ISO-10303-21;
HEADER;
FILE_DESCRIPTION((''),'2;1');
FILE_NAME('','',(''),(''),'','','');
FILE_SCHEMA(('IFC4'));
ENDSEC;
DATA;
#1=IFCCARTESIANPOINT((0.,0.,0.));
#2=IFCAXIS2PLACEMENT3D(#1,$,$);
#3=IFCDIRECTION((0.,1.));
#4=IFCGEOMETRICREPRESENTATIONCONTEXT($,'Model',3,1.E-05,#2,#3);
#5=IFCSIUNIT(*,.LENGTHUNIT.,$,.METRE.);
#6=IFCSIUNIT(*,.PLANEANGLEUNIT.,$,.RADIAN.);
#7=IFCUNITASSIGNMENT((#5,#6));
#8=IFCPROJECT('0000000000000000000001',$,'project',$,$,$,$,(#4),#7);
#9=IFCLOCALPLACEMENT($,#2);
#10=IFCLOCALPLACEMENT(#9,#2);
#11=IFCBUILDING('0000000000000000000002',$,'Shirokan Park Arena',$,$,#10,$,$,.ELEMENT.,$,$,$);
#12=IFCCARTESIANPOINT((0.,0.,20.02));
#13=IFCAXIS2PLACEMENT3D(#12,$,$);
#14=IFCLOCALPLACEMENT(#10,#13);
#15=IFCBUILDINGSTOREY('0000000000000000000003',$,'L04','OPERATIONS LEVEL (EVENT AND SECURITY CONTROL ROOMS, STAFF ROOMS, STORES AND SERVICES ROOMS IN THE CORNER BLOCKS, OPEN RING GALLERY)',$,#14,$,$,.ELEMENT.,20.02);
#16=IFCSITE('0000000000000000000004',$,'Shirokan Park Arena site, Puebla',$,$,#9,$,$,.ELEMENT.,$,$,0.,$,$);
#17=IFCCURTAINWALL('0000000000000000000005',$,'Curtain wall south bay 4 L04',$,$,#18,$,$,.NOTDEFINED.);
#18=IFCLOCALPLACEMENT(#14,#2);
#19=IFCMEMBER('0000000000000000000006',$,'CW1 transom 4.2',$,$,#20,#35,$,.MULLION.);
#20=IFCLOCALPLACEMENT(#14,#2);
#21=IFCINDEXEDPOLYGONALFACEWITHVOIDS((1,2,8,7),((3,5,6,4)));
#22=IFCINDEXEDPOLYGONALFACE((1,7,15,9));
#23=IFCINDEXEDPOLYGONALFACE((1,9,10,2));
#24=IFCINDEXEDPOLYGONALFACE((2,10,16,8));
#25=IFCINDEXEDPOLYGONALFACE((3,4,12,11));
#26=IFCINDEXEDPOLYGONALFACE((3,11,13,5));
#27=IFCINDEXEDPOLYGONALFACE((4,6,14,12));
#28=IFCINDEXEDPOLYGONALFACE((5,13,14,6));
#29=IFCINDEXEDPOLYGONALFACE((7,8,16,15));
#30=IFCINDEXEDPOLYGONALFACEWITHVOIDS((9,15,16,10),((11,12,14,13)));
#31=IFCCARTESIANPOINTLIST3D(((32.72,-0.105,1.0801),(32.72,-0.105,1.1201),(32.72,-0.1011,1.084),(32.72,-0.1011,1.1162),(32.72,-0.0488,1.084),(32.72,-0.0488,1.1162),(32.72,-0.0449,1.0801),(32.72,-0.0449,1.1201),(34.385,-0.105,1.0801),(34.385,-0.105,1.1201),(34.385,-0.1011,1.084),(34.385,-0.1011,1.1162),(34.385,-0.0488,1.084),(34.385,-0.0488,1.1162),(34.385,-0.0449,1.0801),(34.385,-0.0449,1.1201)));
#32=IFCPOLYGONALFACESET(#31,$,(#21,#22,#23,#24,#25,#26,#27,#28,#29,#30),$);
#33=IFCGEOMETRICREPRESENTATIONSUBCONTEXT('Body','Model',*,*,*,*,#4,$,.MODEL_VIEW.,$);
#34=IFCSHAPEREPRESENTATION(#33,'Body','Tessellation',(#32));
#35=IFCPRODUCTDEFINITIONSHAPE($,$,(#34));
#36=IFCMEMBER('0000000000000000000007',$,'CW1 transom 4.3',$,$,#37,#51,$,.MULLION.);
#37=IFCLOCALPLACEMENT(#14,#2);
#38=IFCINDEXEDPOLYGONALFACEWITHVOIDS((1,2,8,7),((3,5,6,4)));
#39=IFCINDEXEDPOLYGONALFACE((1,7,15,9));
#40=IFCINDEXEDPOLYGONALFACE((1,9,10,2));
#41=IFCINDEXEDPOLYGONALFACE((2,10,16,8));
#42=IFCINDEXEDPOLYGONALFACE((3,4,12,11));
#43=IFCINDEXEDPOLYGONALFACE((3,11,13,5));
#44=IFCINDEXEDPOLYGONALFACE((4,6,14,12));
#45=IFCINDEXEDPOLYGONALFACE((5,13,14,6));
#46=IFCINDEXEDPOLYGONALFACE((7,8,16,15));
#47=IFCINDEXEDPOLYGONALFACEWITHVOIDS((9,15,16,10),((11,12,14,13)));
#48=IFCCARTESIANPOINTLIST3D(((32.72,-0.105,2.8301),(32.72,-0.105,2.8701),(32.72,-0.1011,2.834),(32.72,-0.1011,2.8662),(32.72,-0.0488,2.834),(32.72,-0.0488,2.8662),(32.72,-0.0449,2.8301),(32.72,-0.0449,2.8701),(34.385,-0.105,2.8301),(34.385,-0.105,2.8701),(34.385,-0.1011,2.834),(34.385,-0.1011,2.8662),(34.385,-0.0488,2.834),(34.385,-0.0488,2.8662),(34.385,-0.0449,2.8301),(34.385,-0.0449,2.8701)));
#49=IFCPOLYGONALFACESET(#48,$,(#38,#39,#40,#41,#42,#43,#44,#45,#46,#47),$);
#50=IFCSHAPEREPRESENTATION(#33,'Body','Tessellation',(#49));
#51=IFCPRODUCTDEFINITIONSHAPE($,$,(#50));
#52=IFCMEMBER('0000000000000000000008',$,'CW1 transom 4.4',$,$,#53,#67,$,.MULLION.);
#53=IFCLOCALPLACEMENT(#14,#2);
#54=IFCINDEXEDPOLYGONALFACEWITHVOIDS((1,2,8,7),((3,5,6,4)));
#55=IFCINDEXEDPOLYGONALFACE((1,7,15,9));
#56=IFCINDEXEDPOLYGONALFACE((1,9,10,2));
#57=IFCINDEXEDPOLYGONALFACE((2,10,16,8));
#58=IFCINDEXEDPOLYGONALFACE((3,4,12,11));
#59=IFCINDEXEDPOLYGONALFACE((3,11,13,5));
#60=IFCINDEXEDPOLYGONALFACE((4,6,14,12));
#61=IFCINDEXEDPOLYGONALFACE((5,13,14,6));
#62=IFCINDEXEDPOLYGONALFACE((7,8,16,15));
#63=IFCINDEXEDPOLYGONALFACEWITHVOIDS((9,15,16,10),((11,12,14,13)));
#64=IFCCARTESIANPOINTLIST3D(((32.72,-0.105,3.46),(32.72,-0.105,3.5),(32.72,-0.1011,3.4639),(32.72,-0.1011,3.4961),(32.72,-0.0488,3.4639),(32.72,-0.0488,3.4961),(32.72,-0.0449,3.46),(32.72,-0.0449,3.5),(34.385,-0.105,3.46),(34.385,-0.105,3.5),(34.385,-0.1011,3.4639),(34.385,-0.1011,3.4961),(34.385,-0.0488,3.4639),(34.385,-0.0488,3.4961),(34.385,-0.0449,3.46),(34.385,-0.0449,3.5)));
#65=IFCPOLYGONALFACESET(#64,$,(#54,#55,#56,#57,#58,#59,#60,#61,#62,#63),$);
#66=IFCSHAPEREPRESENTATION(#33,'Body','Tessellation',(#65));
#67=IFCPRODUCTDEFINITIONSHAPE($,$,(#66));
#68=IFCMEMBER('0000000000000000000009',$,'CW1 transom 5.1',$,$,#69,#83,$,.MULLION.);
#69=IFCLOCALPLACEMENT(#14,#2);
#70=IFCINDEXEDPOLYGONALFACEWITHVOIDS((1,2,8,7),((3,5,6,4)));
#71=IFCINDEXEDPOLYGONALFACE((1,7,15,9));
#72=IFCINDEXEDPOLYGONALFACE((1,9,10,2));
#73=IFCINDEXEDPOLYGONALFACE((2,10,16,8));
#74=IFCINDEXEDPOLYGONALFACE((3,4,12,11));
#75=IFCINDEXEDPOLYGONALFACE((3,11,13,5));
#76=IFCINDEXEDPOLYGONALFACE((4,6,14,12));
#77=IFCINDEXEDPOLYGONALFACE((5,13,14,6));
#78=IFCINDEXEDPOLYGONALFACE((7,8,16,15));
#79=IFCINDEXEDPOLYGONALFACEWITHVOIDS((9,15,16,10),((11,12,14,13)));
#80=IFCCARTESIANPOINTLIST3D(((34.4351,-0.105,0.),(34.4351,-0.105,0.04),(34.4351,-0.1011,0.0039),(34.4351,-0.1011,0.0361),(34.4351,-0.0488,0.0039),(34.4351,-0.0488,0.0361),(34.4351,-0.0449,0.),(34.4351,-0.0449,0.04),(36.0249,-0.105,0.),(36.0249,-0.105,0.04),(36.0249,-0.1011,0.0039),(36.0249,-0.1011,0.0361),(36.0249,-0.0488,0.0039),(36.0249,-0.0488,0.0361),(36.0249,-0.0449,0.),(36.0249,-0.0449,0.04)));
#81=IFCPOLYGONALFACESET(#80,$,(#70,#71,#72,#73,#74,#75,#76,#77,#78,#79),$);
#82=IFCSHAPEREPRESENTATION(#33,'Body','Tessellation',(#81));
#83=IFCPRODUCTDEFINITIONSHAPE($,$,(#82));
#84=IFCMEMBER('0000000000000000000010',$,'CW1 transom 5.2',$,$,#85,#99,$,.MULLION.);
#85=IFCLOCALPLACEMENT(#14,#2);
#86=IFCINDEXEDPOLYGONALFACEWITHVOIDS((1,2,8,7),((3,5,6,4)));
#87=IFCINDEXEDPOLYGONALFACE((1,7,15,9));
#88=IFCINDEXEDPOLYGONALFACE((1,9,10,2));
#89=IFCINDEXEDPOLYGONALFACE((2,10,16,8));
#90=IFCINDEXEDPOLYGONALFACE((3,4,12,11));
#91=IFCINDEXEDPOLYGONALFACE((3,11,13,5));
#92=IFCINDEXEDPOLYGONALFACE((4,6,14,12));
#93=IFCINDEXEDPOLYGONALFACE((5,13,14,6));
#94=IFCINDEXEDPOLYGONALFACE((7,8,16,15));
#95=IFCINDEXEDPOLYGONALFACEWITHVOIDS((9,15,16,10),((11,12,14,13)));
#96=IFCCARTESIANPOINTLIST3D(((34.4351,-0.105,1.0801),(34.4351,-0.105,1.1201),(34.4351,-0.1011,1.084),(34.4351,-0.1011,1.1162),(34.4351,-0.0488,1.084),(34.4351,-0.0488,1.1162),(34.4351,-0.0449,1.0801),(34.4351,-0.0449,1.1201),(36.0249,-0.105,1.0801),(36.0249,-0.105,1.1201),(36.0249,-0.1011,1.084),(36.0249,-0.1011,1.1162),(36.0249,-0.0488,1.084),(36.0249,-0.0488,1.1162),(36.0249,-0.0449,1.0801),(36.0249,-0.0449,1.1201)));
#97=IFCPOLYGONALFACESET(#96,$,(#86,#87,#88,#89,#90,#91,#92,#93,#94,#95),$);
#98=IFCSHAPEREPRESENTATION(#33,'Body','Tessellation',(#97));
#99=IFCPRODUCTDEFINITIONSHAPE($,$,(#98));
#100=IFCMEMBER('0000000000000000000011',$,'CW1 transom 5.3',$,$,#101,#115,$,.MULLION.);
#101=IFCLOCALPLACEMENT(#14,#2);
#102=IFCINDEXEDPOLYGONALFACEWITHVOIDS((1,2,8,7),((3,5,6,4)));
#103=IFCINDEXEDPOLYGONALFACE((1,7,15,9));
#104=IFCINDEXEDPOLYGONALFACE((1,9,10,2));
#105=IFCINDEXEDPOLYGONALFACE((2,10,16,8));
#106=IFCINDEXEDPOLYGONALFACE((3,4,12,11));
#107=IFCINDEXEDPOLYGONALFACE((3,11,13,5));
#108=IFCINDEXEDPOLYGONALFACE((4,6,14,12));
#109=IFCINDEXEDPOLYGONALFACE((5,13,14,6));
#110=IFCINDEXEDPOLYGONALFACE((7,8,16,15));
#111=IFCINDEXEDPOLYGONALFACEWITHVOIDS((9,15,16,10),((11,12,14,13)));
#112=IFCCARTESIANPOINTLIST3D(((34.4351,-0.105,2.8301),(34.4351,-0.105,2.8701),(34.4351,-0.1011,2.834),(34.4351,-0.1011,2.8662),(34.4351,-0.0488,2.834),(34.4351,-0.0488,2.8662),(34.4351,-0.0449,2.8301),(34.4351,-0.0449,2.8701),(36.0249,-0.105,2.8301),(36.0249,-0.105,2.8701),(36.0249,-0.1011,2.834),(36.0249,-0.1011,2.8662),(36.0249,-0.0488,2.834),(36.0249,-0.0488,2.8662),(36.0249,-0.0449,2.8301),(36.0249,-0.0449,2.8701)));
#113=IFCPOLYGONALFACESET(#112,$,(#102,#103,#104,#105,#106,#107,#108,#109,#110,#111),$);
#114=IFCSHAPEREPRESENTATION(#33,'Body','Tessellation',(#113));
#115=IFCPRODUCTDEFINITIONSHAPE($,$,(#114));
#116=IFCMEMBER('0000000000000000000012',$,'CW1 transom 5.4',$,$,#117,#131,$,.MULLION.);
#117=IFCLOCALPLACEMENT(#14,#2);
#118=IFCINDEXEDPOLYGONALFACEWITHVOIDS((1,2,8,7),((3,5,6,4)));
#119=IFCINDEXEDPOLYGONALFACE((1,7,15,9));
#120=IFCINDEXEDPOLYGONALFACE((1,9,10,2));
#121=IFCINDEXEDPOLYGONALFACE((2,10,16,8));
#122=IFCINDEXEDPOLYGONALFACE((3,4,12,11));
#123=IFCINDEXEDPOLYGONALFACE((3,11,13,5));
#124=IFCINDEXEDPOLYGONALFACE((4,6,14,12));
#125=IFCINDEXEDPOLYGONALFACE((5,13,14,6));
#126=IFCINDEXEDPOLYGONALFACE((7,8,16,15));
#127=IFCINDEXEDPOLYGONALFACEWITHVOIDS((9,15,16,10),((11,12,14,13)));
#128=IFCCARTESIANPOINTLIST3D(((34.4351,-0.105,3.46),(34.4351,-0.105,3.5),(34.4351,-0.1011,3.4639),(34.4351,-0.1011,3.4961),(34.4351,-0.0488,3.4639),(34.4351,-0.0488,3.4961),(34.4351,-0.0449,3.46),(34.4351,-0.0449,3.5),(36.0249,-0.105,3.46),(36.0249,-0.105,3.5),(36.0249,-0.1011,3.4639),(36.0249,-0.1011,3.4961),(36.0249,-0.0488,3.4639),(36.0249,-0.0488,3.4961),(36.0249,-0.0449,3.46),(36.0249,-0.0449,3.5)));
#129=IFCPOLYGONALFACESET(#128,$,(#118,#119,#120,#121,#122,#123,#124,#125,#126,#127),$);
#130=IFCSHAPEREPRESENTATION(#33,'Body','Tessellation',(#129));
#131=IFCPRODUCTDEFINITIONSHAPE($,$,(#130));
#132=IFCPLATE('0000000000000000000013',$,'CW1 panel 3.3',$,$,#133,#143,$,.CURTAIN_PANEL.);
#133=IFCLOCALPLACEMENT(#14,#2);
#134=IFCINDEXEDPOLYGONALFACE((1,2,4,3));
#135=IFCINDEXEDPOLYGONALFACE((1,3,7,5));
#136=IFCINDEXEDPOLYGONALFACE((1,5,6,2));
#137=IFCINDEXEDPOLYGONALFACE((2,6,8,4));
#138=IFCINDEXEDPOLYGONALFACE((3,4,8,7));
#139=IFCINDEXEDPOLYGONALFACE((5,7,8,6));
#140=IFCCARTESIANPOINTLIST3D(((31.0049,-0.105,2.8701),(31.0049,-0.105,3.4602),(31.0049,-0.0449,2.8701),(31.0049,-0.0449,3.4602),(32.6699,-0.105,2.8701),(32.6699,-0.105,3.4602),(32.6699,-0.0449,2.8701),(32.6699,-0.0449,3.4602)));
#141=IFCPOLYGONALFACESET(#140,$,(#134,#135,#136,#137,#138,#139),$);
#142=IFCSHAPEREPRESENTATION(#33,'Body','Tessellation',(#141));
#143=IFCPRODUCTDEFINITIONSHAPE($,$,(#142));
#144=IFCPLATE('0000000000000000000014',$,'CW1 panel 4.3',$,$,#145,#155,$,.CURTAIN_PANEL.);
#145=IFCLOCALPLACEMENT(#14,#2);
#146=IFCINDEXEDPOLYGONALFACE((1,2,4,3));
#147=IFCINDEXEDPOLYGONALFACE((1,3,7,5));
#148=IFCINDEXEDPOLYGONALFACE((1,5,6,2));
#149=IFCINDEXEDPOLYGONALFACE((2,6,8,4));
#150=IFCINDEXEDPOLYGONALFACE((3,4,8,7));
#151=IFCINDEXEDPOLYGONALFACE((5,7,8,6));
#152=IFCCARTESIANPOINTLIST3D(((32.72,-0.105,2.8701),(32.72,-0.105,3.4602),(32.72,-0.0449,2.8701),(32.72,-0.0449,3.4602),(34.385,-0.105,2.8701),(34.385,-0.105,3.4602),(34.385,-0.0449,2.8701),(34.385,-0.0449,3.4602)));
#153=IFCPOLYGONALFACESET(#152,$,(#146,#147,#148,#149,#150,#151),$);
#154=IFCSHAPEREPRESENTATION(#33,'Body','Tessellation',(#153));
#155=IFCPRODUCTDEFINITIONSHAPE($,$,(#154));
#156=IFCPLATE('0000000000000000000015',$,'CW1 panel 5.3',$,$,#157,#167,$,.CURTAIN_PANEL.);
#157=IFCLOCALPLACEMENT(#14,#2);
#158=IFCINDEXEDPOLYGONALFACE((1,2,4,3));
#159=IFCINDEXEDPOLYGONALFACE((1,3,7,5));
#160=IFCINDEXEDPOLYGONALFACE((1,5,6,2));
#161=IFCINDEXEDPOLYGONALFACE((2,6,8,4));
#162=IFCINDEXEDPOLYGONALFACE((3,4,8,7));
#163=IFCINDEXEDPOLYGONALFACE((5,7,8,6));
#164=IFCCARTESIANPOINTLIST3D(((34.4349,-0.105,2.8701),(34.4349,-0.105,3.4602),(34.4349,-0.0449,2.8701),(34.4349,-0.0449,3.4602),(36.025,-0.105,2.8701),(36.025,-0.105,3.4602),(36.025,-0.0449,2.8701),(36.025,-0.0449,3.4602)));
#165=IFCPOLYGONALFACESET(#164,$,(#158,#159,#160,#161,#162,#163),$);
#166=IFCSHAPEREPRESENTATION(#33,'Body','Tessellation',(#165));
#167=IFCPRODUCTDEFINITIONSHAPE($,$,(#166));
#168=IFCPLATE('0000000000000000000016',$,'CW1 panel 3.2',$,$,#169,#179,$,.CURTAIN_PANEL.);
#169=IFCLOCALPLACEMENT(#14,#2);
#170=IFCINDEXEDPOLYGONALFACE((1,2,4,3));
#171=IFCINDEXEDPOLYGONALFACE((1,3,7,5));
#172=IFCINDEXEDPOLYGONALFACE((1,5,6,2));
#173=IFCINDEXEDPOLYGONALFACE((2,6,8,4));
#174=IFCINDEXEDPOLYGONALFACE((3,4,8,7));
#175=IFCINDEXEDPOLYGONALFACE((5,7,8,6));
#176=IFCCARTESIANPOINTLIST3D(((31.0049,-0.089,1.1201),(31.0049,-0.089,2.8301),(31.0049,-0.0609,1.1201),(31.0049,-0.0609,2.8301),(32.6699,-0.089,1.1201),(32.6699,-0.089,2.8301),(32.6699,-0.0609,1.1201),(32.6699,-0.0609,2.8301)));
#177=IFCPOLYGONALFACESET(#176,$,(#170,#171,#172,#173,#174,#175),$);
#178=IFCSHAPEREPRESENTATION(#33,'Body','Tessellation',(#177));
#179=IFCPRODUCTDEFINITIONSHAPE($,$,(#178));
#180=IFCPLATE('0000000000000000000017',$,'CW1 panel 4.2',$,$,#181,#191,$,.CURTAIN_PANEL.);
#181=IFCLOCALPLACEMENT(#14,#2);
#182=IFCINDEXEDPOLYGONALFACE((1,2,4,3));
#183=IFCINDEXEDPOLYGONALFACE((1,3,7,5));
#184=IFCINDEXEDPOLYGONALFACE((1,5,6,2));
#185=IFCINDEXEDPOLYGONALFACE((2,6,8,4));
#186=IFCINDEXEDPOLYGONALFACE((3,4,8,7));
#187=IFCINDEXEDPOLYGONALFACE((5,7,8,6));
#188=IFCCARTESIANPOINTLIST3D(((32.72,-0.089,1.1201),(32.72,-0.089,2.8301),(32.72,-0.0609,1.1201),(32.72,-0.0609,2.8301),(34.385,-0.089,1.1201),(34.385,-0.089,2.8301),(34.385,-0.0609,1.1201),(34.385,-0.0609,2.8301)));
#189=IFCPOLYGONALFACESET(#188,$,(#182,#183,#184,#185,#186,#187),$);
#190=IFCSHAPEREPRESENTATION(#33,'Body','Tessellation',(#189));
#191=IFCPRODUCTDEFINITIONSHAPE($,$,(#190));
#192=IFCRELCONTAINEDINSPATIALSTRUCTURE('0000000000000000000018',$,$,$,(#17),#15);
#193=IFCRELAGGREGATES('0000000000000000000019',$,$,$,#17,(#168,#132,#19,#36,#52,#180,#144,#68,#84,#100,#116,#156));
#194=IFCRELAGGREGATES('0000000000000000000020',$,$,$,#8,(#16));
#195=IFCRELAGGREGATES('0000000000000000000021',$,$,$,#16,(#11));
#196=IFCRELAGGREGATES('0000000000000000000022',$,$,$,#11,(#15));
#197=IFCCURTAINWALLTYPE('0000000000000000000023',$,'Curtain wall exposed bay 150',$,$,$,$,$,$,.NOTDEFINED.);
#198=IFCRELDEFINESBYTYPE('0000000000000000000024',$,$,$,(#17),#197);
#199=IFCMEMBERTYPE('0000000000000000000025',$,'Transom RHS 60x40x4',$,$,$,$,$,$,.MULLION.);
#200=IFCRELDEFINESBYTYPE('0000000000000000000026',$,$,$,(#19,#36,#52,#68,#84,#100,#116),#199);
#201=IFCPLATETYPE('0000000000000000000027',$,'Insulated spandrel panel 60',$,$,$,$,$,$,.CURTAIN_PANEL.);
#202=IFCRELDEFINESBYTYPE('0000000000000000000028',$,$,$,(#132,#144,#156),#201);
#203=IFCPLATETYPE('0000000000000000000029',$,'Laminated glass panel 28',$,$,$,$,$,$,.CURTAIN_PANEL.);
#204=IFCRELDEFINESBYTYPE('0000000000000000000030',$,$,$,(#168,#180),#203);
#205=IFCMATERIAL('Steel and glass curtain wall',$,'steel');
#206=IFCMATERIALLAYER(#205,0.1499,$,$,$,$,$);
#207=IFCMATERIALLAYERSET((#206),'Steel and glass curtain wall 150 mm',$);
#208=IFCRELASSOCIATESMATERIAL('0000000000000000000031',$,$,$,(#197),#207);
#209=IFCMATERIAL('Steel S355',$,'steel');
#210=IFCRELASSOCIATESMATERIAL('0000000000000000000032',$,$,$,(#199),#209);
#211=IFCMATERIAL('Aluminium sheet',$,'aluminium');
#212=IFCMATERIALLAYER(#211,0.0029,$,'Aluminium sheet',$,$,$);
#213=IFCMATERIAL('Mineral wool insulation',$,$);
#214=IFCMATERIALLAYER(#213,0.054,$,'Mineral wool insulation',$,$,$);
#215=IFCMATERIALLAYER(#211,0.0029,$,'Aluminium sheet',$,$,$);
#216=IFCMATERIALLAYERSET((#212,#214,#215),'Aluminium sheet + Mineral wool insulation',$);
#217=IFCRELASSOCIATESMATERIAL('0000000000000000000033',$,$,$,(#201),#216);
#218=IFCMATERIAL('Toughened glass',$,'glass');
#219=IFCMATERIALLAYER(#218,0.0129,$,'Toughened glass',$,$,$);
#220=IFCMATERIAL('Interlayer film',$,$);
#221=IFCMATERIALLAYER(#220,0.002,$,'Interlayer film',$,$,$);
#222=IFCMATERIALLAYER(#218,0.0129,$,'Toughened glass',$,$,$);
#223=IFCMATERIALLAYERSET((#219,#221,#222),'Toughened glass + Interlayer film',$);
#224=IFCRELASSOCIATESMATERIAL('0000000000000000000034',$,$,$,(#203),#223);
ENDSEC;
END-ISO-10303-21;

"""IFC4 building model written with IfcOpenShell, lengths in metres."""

from ifc_helpers import new_model, si_unit, direction, frame, origin, origin_2d, place, context, subcontext, project, spatial, rectangle, hollow_rectangle, extrude, material, layer, layer_set, material_profile, profile_set, type_object, element, aggregate, save


model = new_model("IFC4")

# Units and contexts
model_context = context("Model", 3, precision=1e-05, world=origin(), true_north=direction((0.0, 1.0)))
body_context = subcontext(model_context, "Body", "Model", "MODEL_VIEW")
ifc_project = project(units=[si_unit("LENGTHUNIT", "METRE"), si_unit("PLANEANGLEUNIT", "RADIAN")], contexts=[model_context])

# Site, building, storey
site_placement = place(None, origin())
site = spatial("IfcSite", under=ifc_project, at=site_placement, Name="Shirokan Park Arena site, Puebla", CompositionType="ELEMENT", RefElevation=0.0)
building_placement = place(site_placement, origin())
building = spatial("IfcBuilding", under=site, at=building_placement, Name="Shirokan Park Arena", CompositionType="ELEMENT")
storey_placement = place(building_placement, frame((0.0, 0.0, 20.02)))
storey = spatial("IfcBuildingStorey", under=building, at=storey_placement, Name="L04", Description="OPERATIONS LEVEL (EVENT AND SECURITY CONTROL ROOMS, STAFF ROOMS, STORES AND SERVICES ROOMS IN THE CORNER BLOCKS, OPEN RING GALLERY)", CompositionType="ELEMENT", Elevation=20.02)

# Curtain wall, members, plates
ifc_material_1 = material(Name="Steel and glass curtain wall", Category="steel")
ifc_layer_1 = layer(ifc_material_1, 0.1499)
ifc_layer_set_1 = layer_set([ifc_layer_1], Name="Steel and glass curtain wall 150 mm")
curtain_wall_type = type_object("IfcCurtainWallType", Name="Curtain wall exposed bay 150", PredefinedType="NOTDEFINED", material=ifc_layer_set_1)
curtain_wall_placement = place(storey_placement, origin())
curtain_wall = element("IfcCurtainWall", 1, at=curtain_wall_placement, inside=storey, type_object=curtain_wall_type, Name="Curtain wall south bay 4 L04", PredefinedType="NOTDEFINED")
ifc_material_2 = material(Name="Steel S355", Category="steel")
ifc_material_profile_1 = material_profile(ifc_material_2, hollow_rectangle(XDim=0.0601, YDim=0.04, WallThickness=0.0039, at=origin_2d()), Name="RHS 60x40x4")
ifc_profile_set_1 = profile_set([ifc_material_profile_1], Name="Steel S355")
member_type_1 = type_object("IfcMemberType", Name="Transom RHS 60x40x4", PredefinedType="MULLION", material=ifc_profile_set_1)
member_1_placement = place(storey_placement, frame((32.72, -0.075, 1.1001), z_axis=(1.0, 0.0, 0.0), x_axis=(0.0, 1.0, 0.0)))
member_1 = element("IfcMember", 2, at=member_1_placement, type_object=member_type_1, Name="CW1 transom 4.2", PredefinedType="MULLION", context=body_context, shape_type="SweptSolid", body=[
    extrude(hollow_rectangle(XDim=0.0601, YDim=0.04, WallThickness=0.0039, at=origin_2d()), origin(), (0.0, 0.0, 1.0), 1.665),
])
member_2_placement = place(storey_placement, frame((32.72, -0.075, 2.8501), z_axis=(1.0, 0.0, 0.0), x_axis=(0.0, 1.0, 0.0)))
member_2 = element("IfcMember", 3, at=member_2_placement, type_object=member_type_1, Name="CW1 transom 4.3", PredefinedType="MULLION", context=body_context, shape_type="SweptSolid", body=[
    extrude(hollow_rectangle(XDim=0.0601, YDim=0.04, WallThickness=0.0039, at=origin_2d()), origin(), (0.0, 0.0, 1.0), 1.665),
])
member_3_placement = place(storey_placement, frame((32.72, -0.075, 3.48), z_axis=(1.0, 0.0, 0.0), x_axis=(0.0, 1.0, 0.0)))
member_3 = element("IfcMember", 4, at=member_3_placement, type_object=member_type_1, Name="CW1 transom 4.4", PredefinedType="MULLION", context=body_context, shape_type="SweptSolid", body=[
    extrude(hollow_rectangle(XDim=0.0601, YDim=0.04, WallThickness=0.0039, at=origin_2d()), origin(), (0.0, 0.0, 1.0), 1.665),
])
member_4_placement = place(storey_placement, frame((34.4351, -0.075, 0.02), z_axis=(1.0, 0.0, 0.0), x_axis=(0.0, 1.0, 0.0)))
member_4 = element("IfcMember", 5, at=member_4_placement, type_object=member_type_1, Name="CW1 transom 5.1", PredefinedType="MULLION", context=body_context, shape_type="SweptSolid", body=[
    extrude(hollow_rectangle(XDim=0.0601, YDim=0.04, WallThickness=0.0039, at=origin_2d()), origin(), (0.0, 0.0, 1.0), 1.5898),
])
member_5_placement = place(storey_placement, frame((34.4351, -0.075, 1.1001), z_axis=(1.0, 0.0, 0.0), x_axis=(0.0, 1.0, 0.0)))
member_5 = element("IfcMember", 6, at=member_5_placement, type_object=member_type_1, Name="CW1 transom 5.2", PredefinedType="MULLION", context=body_context, shape_type="SweptSolid", body=[
    extrude(hollow_rectangle(XDim=0.0601, YDim=0.04, WallThickness=0.0039, at=origin_2d()), origin(), (0.0, 0.0, 1.0), 1.5898),
])
member_6_placement = place(storey_placement, frame((34.4351, -0.075, 2.8501), z_axis=(1.0, 0.0, 0.0), x_axis=(0.0, 1.0, 0.0)))
member_6 = element("IfcMember", 7, at=member_6_placement, type_object=member_type_1, Name="CW1 transom 5.3", PredefinedType="MULLION", context=body_context, shape_type="SweptSolid", body=[
    extrude(hollow_rectangle(XDim=0.0601, YDim=0.04, WallThickness=0.0039, at=origin_2d()), origin(), (0.0, 0.0, 1.0), 1.5898),
])
member_7_placement = place(storey_placement, frame((34.4351, -0.075, 3.48), z_axis=(1.0, 0.0, 0.0), x_axis=(0.0, 1.0, 0.0)))
member_7 = element("IfcMember", 8, at=member_7_placement, type_object=member_type_1, Name="CW1 transom 5.4", PredefinedType="MULLION", context=body_context, shape_type="SweptSolid", body=[
    extrude(hollow_rectangle(XDim=0.0601, YDim=0.04, WallThickness=0.0039, at=origin_2d()), origin(), (0.0, 0.0, 1.0), 1.5898),
])
ifc_material_3 = material(Name="Aluminium sheet", Category="aluminium")
ifc_layer_2 = layer(ifc_material_3, 0.0029, Name="Aluminium sheet")
ifc_material_4 = material(Name="Mineral wool insulation")
ifc_layer_3 = layer(ifc_material_4, 0.054, Name="Mineral wool insulation")
ifc_layer_4 = layer(ifc_material_3, 0.0029, Name="Aluminium sheet")
ifc_layer_set_2 = layer_set([ifc_layer_2, ifc_layer_3, ifc_layer_4], Name="Aluminium sheet + Mineral wool insulation")
plate_type_1 = type_object("IfcPlateType", Name="Insulated spandrel panel 60", PredefinedType="CURTAIN_PANEL", material=ifc_layer_set_2)
plate_1_placement = place(storey_placement, frame((31.8374, -0.075, 2.8701), z_axis=(0.0, 0.0, 1.0), x_axis=(1.0, 0.0, 0.0)))
plate_1 = element("IfcPlate", 9, at=plate_1_placement, type_object=plate_type_1, Name="CW1 panel 3.3", PredefinedType="CURTAIN_PANEL", context=body_context, shape_type="SweptSolid", body=[
    extrude(rectangle(XDim=1.665, YDim=0.0601, at=origin_2d()), origin(), (0.0, 0.0, 1.0), 0.5901),
])
plate_2_placement = place(storey_placement, frame((33.5525, -0.075, 2.8701), z_axis=(0.0, 0.0, 1.0), x_axis=(1.0, 0.0, 0.0)))
plate_2 = element("IfcPlate", 10, at=plate_2_placement, type_object=plate_type_1, Name="CW1 panel 4.3", PredefinedType="CURTAIN_PANEL", context=body_context, shape_type="SweptSolid", body=[
    extrude(rectangle(XDim=1.665, YDim=0.0601, at=origin_2d()), origin(), (0.0, 0.0, 1.0), 0.5901),
])
plate_3_placement = place(storey_placement, frame((35.23, -0.075, 2.8701), z_axis=(0.0, 0.0, 1.0), x_axis=(1.0, 0.0, 0.0)))
plate_3 = element("IfcPlate", 11, at=plate_3_placement, type_object=plate_type_1, Name="CW1 panel 5.3", PredefinedType="CURTAIN_PANEL", context=body_context, shape_type="SweptSolid", body=[
    extrude(rectangle(XDim=1.5901, YDim=0.0601, at=origin_2d()), origin(), (0.0, 0.0, 1.0), 0.5901),
])
ifc_material_5 = material(Name="Toughened glass", Category="glass")
ifc_layer_5 = layer(ifc_material_5, 0.0129, Name="Toughened glass")
ifc_material_6 = material(Name="Interlayer film")
ifc_layer_6 = layer(ifc_material_6, 0.002, Name="Interlayer film")
ifc_layer_7 = layer(ifc_material_5, 0.0129, Name="Toughened glass")
ifc_layer_set_3 = layer_set([ifc_layer_5, ifc_layer_6, ifc_layer_7], Name="Toughened glass + Interlayer film")
plate_type_2 = type_object("IfcPlateType", Name="Laminated glass panel 28", PredefinedType="CURTAIN_PANEL", material=ifc_layer_set_3)
plate_4_placement = place(storey_placement, frame((31.8374, -0.075, 1.1201), z_axis=(0.0, 0.0, 1.0), x_axis=(1.0, 0.0, 0.0)))
plate_4 = element("IfcPlate", 12, at=plate_4_placement, type_object=plate_type_2, Name="CW1 panel 3.2", PredefinedType="CURTAIN_PANEL", context=body_context, shape_type="SweptSolid", body=[
    extrude(rectangle(XDim=1.665, YDim=0.0281, at=origin_2d()), origin(), (0.0, 0.0, 1.0), 1.71),
])
plate_5_placement = place(storey_placement, frame((33.5525, -0.075, 1.1201), z_axis=(0.0, 0.0, 1.0), x_axis=(1.0, 0.0, 0.0)))
plate_5 = element("IfcPlate", 13, at=plate_5_placement, type_object=plate_type_2, Name="CW1 panel 4.2", PredefinedType="CURTAIN_PANEL", context=body_context, shape_type="SweptSolid", body=[
    extrude(rectangle(XDim=1.665, YDim=0.0281, at=origin_2d()), origin(), (0.0, 0.0, 1.0), 1.71),
])
aggregate(curtain_wall, [plate_4, plate_1, member_1, member_2, member_3, plate_5, plate_2, member_4, member_5, member_6, member_7, plate_3])

save(model, "model.ifc")
